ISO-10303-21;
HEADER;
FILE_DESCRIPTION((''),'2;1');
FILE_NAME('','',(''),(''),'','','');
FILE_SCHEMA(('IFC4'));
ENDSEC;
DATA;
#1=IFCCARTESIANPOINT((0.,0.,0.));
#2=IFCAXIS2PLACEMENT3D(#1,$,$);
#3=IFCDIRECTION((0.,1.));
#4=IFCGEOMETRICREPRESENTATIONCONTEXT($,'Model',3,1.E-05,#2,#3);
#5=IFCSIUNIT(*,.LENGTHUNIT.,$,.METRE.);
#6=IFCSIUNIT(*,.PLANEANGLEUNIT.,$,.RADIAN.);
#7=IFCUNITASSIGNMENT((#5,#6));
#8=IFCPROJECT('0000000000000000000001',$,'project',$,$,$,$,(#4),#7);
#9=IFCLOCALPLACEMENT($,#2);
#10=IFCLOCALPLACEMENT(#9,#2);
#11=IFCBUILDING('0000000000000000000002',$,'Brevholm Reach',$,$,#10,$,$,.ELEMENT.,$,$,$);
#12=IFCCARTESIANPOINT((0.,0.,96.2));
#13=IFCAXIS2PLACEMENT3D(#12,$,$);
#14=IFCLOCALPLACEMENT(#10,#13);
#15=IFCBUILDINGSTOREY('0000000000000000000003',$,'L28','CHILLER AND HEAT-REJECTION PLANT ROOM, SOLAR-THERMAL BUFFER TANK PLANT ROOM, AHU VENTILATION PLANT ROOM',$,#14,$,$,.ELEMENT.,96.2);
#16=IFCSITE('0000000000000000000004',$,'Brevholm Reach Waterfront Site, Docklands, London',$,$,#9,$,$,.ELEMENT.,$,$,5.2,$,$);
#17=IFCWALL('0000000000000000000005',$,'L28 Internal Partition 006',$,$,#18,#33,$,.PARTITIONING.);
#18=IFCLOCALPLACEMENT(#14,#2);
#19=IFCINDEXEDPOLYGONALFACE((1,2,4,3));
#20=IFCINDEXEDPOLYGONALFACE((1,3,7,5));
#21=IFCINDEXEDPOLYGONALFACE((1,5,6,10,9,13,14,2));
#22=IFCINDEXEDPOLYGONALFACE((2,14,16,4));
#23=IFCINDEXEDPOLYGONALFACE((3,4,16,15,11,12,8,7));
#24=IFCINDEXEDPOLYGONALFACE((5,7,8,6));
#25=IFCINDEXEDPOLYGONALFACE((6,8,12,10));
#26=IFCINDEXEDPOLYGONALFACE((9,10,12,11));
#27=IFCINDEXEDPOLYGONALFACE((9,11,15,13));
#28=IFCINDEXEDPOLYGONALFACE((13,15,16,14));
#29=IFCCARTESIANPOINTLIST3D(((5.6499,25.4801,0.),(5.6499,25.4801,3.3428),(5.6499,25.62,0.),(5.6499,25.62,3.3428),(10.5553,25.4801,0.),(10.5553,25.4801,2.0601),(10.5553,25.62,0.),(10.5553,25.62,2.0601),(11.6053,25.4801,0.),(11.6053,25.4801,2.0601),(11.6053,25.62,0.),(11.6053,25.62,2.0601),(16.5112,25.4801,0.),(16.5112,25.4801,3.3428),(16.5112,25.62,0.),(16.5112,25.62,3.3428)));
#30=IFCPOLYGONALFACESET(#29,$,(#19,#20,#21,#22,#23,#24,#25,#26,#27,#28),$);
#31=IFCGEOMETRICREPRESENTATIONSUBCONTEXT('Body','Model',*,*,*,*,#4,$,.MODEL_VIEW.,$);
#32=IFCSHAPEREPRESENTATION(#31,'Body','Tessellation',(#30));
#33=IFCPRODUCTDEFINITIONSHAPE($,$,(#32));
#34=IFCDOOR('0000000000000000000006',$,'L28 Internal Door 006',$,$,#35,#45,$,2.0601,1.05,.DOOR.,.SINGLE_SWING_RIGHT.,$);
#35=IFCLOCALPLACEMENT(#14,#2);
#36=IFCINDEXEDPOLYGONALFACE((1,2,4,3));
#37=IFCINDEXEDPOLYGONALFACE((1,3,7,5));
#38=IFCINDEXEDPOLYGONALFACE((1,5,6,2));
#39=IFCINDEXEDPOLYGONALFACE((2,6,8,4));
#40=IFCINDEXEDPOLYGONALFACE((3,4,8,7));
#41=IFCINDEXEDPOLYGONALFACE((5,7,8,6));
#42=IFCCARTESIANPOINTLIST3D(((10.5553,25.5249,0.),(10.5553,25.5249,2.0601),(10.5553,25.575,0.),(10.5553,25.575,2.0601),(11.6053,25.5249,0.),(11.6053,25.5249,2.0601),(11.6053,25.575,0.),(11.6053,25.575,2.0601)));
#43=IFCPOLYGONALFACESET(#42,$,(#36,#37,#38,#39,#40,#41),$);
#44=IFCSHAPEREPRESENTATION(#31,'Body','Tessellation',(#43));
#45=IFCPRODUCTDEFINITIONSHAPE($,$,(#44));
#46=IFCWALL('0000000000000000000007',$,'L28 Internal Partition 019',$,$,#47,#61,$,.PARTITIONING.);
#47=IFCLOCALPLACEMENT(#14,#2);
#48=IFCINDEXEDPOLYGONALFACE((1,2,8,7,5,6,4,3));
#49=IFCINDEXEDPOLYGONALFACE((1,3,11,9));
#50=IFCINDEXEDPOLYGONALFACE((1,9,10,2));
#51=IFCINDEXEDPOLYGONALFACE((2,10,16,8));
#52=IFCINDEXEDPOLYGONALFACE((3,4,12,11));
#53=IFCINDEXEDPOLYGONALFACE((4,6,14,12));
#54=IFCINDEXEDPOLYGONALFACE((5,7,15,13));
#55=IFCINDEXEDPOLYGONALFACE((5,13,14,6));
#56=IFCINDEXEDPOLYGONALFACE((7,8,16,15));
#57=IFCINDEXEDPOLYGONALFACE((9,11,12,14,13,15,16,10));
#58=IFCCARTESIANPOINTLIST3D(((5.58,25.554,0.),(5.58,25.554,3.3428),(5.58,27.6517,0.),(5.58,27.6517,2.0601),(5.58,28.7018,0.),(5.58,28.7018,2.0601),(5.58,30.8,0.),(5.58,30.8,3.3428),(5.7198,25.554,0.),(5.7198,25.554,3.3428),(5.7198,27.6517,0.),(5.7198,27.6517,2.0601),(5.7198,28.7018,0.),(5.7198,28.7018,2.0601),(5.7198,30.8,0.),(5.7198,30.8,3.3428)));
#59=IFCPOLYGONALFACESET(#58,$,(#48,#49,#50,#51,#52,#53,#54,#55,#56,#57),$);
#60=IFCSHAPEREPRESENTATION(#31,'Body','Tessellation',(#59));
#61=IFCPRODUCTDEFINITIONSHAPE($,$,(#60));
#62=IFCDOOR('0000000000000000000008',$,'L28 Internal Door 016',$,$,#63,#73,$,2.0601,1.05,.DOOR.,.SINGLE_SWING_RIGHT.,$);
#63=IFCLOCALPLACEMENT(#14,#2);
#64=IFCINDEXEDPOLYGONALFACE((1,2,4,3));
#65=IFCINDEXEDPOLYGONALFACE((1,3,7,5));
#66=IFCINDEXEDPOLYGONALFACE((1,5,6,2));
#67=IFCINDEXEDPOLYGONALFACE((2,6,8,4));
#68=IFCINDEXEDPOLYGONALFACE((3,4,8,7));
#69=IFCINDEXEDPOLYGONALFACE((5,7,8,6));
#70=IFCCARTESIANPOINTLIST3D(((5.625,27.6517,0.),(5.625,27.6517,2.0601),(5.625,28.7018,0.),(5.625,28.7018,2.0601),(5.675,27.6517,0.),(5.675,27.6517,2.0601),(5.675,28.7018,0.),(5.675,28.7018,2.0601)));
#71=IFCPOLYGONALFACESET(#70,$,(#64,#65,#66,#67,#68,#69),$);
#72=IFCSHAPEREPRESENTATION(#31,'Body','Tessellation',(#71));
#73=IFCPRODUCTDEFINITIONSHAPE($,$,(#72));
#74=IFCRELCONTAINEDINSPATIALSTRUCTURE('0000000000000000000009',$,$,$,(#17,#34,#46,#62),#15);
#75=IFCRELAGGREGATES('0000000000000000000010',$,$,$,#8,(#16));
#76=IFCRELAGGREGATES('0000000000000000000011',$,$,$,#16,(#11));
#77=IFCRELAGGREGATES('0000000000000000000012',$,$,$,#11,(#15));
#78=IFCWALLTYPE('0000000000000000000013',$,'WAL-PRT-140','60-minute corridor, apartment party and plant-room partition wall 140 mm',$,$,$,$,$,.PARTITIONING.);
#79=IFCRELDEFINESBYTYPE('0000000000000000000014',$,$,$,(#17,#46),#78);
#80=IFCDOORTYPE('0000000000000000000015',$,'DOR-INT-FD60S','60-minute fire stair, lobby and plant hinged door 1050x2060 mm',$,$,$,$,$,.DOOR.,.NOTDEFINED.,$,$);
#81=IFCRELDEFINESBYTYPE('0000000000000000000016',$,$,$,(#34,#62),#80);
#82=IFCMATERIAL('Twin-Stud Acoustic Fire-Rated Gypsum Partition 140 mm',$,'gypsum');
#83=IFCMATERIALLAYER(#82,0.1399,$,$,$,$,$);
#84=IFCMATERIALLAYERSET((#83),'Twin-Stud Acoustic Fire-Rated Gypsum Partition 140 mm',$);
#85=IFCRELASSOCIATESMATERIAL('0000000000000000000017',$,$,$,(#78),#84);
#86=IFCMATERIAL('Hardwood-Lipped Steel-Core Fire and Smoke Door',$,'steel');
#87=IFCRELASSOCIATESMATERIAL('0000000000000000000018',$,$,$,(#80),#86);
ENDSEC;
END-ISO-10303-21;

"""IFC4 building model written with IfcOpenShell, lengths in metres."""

from ifc_helpers import new_model, si_unit, direction, frame, frame_2d, origin, place, context, subcontext, project, spatial, rectangle, extrude, material, layer, layer_set, type_object, element, fill, save


model = new_model("IFC4")

# Units and contexts
model_context = context("Model", 3, precision=1e-05, world=origin(), true_north=direction((0.0, 1.0)))
body_context = subcontext(model_context, "Body", "Model", "MODEL_VIEW")
ifc_project = project(units=[si_unit("LENGTHUNIT", "METRE"), si_unit("PLANEANGLEUNIT", "RADIAN")], contexts=[model_context])

# Site, building, storey
site_placement = place(None, origin())
site = spatial("IfcSite", under=ifc_project, at=site_placement, Name="Brevholm Reach Waterfront Site, Docklands, London", CompositionType="ELEMENT", RefElevation=5.2)
building_placement = place(site_placement, origin())
building = spatial("IfcBuilding", under=site, at=building_placement, Name="Brevholm Reach", CompositionType="ELEMENT")
storey_placement = place(building_placement, frame((0.0, 0.0, 96.2)))
storey = spatial("IfcBuildingStorey", under=building, at=storey_placement, Name="L28", Description="CHILLER AND HEAT-REJECTION PLANT ROOM, SOLAR-THERMAL BUFFER TANK PLANT ROOM, AHU VENTILATION PLANT ROOM", CompositionType="ELEMENT", Elevation=96.2)

# Walls, openings, doors
ifc_material_1 = material(Name="Twin-Stud Acoustic Fire-Rated Gypsum Partition 140 mm", Category="gypsum")
ifc_layer_1 = layer(ifc_material_1, 0.1399)
ifc_layer_set_1 = layer_set([ifc_layer_1], Name="Twin-Stud Acoustic Fire-Rated Gypsum Partition 140 mm")
wall_type_1 = type_object("IfcWallType", Name="WAL-PRT-140", Description="60-minute corridor, apartment party and plant-room partition wall 140 mm", PredefinedType="PARTITIONING", material=ifc_layer_set_1)
wall_1_placement = place(storey_placement, frame((5.6499, 25.55, 0.0), z_axis=(0.0, 0.0, 1.0), x_axis=(1.0, 0.0, 0.0)))
wall_1 = element("IfcWall", 1, at=wall_1_placement, inside=storey, type_object=wall_type_1, Name="L28 Internal Partition 006", PredefinedType="PARTITIONING", context=body_context, shape_type="SweptSolid", body=[
    extrude(rectangle(XDim=10.8613, YDim=0.1399, at=frame_2d((5.4307, 0.0))), origin(), (0.0, 0.0, 1.0), 3.3428),
])
opening_1_placement = place(wall_1_placement, frame((4.9055, 0.0, 0.0)))
opening_1 = element("IfcOpeningElement", 2, at=opening_1_placement, cuts=wall_1, PredefinedType="OPENING", context=body_context, shape_type="SweptSolid", body=[
    extrude(rectangle(XDim=1.05, YDim=2.0601, at=frame_2d((0.5249, 1.03))), frame((0.0, 0.0798, 0.0), z_axis=(0.0, -1.0, 0.0), x_axis=(1.0, 0.0, 0.0)), (0.0, 0.0, 1.0), 0.1599),
])
ifc_material_2 = material(Name="Hardwood-Lipped Steel-Core Fire and Smoke Door", Category="steel")
door_type = type_object("IfcDoorType", Name="DOR-INT-FD60S", Description="60-minute fire stair, lobby and plant hinged door 1050x2060 mm", OperationType="NOTDEFINED", PredefinedType="DOOR", material=ifc_material_2)
door_1_placement = place(opening_1_placement, origin())
door_1 = element("IfcDoor", 3, at=door_1_placement, inside=storey, type_object=door_type, Name="L28 Internal Door 006", OperationType="SINGLE_SWING_RIGHT", OverallHeight=2.0601, OverallWidth=1.05, PredefinedType="DOOR", context=body_context, shape_type="SweptSolid", body=[
    extrude(rectangle(XDim=1.05, YDim=2.0601, at=frame_2d((0.5249, 1.03))), frame((0.0, 0.0249, 0.0), z_axis=(0.0, -1.0, 0.0), x_axis=(1.0, 0.0, 0.0)), (0.0, 0.0, 1.0), 0.05),
])
fill(opening_1, door_1)
wall_2_placement = place(storey_placement, frame((5.6499, 25.554, 0.0), z_axis=(0.0, 0.0, 1.0), x_axis=(0.0, 1.0, 0.0)))
wall_2 = element("IfcWall", 4, at=wall_2_placement, inside=storey, type_object=wall_type_1, Name="L28 Internal Partition 019", PredefinedType="PARTITIONING", context=body_context, shape_type="SweptSolid", body=[
    extrude(rectangle(XDim=5.2461, YDim=0.1399, at=frame_2d((2.623, 0.0))), origin(), (0.0, 0.0, 1.0), 3.3428),
])
opening_2_placement = place(wall_2_placement, frame((2.0979, 0.0, 0.0)))
opening_2 = element("IfcOpeningElement", 5, at=opening_2_placement, cuts=wall_2, PredefinedType="OPENING", context=body_context, shape_type="SweptSolid", body=[
    extrude(rectangle(XDim=1.05, YDim=2.0601, at=frame_2d((0.5249, 1.03))), frame((0.0, 0.0798, 0.0), z_axis=(0.0, -1.0, 0.0), x_axis=(1.0, 0.0, 0.0)), (0.0, 0.0, 1.0), 0.1599),
])
door_2_placement = place(opening_2_placement, origin())
door_2 = element("IfcDoor", 6, at=door_2_placement, inside=storey, type_object=door_type, Name="L28 Internal Door 016", OperationType="SINGLE_SWING_RIGHT", OverallHeight=2.0601, OverallWidth=1.05, PredefinedType="DOOR", context=body_context, shape_type="SweptSolid", body=[
    extrude(rectangle(XDim=1.05, YDim=2.0601, at=frame_2d((0.5249, 1.03))), frame((0.0, 0.0249, 0.0), z_axis=(0.0, -1.0, 0.0), x_axis=(1.0, 0.0, 0.0)), (0.0, 0.0, 1.0), 0.05),
])
fill(opening_2, door_2)

save(model, "model.ifc")
